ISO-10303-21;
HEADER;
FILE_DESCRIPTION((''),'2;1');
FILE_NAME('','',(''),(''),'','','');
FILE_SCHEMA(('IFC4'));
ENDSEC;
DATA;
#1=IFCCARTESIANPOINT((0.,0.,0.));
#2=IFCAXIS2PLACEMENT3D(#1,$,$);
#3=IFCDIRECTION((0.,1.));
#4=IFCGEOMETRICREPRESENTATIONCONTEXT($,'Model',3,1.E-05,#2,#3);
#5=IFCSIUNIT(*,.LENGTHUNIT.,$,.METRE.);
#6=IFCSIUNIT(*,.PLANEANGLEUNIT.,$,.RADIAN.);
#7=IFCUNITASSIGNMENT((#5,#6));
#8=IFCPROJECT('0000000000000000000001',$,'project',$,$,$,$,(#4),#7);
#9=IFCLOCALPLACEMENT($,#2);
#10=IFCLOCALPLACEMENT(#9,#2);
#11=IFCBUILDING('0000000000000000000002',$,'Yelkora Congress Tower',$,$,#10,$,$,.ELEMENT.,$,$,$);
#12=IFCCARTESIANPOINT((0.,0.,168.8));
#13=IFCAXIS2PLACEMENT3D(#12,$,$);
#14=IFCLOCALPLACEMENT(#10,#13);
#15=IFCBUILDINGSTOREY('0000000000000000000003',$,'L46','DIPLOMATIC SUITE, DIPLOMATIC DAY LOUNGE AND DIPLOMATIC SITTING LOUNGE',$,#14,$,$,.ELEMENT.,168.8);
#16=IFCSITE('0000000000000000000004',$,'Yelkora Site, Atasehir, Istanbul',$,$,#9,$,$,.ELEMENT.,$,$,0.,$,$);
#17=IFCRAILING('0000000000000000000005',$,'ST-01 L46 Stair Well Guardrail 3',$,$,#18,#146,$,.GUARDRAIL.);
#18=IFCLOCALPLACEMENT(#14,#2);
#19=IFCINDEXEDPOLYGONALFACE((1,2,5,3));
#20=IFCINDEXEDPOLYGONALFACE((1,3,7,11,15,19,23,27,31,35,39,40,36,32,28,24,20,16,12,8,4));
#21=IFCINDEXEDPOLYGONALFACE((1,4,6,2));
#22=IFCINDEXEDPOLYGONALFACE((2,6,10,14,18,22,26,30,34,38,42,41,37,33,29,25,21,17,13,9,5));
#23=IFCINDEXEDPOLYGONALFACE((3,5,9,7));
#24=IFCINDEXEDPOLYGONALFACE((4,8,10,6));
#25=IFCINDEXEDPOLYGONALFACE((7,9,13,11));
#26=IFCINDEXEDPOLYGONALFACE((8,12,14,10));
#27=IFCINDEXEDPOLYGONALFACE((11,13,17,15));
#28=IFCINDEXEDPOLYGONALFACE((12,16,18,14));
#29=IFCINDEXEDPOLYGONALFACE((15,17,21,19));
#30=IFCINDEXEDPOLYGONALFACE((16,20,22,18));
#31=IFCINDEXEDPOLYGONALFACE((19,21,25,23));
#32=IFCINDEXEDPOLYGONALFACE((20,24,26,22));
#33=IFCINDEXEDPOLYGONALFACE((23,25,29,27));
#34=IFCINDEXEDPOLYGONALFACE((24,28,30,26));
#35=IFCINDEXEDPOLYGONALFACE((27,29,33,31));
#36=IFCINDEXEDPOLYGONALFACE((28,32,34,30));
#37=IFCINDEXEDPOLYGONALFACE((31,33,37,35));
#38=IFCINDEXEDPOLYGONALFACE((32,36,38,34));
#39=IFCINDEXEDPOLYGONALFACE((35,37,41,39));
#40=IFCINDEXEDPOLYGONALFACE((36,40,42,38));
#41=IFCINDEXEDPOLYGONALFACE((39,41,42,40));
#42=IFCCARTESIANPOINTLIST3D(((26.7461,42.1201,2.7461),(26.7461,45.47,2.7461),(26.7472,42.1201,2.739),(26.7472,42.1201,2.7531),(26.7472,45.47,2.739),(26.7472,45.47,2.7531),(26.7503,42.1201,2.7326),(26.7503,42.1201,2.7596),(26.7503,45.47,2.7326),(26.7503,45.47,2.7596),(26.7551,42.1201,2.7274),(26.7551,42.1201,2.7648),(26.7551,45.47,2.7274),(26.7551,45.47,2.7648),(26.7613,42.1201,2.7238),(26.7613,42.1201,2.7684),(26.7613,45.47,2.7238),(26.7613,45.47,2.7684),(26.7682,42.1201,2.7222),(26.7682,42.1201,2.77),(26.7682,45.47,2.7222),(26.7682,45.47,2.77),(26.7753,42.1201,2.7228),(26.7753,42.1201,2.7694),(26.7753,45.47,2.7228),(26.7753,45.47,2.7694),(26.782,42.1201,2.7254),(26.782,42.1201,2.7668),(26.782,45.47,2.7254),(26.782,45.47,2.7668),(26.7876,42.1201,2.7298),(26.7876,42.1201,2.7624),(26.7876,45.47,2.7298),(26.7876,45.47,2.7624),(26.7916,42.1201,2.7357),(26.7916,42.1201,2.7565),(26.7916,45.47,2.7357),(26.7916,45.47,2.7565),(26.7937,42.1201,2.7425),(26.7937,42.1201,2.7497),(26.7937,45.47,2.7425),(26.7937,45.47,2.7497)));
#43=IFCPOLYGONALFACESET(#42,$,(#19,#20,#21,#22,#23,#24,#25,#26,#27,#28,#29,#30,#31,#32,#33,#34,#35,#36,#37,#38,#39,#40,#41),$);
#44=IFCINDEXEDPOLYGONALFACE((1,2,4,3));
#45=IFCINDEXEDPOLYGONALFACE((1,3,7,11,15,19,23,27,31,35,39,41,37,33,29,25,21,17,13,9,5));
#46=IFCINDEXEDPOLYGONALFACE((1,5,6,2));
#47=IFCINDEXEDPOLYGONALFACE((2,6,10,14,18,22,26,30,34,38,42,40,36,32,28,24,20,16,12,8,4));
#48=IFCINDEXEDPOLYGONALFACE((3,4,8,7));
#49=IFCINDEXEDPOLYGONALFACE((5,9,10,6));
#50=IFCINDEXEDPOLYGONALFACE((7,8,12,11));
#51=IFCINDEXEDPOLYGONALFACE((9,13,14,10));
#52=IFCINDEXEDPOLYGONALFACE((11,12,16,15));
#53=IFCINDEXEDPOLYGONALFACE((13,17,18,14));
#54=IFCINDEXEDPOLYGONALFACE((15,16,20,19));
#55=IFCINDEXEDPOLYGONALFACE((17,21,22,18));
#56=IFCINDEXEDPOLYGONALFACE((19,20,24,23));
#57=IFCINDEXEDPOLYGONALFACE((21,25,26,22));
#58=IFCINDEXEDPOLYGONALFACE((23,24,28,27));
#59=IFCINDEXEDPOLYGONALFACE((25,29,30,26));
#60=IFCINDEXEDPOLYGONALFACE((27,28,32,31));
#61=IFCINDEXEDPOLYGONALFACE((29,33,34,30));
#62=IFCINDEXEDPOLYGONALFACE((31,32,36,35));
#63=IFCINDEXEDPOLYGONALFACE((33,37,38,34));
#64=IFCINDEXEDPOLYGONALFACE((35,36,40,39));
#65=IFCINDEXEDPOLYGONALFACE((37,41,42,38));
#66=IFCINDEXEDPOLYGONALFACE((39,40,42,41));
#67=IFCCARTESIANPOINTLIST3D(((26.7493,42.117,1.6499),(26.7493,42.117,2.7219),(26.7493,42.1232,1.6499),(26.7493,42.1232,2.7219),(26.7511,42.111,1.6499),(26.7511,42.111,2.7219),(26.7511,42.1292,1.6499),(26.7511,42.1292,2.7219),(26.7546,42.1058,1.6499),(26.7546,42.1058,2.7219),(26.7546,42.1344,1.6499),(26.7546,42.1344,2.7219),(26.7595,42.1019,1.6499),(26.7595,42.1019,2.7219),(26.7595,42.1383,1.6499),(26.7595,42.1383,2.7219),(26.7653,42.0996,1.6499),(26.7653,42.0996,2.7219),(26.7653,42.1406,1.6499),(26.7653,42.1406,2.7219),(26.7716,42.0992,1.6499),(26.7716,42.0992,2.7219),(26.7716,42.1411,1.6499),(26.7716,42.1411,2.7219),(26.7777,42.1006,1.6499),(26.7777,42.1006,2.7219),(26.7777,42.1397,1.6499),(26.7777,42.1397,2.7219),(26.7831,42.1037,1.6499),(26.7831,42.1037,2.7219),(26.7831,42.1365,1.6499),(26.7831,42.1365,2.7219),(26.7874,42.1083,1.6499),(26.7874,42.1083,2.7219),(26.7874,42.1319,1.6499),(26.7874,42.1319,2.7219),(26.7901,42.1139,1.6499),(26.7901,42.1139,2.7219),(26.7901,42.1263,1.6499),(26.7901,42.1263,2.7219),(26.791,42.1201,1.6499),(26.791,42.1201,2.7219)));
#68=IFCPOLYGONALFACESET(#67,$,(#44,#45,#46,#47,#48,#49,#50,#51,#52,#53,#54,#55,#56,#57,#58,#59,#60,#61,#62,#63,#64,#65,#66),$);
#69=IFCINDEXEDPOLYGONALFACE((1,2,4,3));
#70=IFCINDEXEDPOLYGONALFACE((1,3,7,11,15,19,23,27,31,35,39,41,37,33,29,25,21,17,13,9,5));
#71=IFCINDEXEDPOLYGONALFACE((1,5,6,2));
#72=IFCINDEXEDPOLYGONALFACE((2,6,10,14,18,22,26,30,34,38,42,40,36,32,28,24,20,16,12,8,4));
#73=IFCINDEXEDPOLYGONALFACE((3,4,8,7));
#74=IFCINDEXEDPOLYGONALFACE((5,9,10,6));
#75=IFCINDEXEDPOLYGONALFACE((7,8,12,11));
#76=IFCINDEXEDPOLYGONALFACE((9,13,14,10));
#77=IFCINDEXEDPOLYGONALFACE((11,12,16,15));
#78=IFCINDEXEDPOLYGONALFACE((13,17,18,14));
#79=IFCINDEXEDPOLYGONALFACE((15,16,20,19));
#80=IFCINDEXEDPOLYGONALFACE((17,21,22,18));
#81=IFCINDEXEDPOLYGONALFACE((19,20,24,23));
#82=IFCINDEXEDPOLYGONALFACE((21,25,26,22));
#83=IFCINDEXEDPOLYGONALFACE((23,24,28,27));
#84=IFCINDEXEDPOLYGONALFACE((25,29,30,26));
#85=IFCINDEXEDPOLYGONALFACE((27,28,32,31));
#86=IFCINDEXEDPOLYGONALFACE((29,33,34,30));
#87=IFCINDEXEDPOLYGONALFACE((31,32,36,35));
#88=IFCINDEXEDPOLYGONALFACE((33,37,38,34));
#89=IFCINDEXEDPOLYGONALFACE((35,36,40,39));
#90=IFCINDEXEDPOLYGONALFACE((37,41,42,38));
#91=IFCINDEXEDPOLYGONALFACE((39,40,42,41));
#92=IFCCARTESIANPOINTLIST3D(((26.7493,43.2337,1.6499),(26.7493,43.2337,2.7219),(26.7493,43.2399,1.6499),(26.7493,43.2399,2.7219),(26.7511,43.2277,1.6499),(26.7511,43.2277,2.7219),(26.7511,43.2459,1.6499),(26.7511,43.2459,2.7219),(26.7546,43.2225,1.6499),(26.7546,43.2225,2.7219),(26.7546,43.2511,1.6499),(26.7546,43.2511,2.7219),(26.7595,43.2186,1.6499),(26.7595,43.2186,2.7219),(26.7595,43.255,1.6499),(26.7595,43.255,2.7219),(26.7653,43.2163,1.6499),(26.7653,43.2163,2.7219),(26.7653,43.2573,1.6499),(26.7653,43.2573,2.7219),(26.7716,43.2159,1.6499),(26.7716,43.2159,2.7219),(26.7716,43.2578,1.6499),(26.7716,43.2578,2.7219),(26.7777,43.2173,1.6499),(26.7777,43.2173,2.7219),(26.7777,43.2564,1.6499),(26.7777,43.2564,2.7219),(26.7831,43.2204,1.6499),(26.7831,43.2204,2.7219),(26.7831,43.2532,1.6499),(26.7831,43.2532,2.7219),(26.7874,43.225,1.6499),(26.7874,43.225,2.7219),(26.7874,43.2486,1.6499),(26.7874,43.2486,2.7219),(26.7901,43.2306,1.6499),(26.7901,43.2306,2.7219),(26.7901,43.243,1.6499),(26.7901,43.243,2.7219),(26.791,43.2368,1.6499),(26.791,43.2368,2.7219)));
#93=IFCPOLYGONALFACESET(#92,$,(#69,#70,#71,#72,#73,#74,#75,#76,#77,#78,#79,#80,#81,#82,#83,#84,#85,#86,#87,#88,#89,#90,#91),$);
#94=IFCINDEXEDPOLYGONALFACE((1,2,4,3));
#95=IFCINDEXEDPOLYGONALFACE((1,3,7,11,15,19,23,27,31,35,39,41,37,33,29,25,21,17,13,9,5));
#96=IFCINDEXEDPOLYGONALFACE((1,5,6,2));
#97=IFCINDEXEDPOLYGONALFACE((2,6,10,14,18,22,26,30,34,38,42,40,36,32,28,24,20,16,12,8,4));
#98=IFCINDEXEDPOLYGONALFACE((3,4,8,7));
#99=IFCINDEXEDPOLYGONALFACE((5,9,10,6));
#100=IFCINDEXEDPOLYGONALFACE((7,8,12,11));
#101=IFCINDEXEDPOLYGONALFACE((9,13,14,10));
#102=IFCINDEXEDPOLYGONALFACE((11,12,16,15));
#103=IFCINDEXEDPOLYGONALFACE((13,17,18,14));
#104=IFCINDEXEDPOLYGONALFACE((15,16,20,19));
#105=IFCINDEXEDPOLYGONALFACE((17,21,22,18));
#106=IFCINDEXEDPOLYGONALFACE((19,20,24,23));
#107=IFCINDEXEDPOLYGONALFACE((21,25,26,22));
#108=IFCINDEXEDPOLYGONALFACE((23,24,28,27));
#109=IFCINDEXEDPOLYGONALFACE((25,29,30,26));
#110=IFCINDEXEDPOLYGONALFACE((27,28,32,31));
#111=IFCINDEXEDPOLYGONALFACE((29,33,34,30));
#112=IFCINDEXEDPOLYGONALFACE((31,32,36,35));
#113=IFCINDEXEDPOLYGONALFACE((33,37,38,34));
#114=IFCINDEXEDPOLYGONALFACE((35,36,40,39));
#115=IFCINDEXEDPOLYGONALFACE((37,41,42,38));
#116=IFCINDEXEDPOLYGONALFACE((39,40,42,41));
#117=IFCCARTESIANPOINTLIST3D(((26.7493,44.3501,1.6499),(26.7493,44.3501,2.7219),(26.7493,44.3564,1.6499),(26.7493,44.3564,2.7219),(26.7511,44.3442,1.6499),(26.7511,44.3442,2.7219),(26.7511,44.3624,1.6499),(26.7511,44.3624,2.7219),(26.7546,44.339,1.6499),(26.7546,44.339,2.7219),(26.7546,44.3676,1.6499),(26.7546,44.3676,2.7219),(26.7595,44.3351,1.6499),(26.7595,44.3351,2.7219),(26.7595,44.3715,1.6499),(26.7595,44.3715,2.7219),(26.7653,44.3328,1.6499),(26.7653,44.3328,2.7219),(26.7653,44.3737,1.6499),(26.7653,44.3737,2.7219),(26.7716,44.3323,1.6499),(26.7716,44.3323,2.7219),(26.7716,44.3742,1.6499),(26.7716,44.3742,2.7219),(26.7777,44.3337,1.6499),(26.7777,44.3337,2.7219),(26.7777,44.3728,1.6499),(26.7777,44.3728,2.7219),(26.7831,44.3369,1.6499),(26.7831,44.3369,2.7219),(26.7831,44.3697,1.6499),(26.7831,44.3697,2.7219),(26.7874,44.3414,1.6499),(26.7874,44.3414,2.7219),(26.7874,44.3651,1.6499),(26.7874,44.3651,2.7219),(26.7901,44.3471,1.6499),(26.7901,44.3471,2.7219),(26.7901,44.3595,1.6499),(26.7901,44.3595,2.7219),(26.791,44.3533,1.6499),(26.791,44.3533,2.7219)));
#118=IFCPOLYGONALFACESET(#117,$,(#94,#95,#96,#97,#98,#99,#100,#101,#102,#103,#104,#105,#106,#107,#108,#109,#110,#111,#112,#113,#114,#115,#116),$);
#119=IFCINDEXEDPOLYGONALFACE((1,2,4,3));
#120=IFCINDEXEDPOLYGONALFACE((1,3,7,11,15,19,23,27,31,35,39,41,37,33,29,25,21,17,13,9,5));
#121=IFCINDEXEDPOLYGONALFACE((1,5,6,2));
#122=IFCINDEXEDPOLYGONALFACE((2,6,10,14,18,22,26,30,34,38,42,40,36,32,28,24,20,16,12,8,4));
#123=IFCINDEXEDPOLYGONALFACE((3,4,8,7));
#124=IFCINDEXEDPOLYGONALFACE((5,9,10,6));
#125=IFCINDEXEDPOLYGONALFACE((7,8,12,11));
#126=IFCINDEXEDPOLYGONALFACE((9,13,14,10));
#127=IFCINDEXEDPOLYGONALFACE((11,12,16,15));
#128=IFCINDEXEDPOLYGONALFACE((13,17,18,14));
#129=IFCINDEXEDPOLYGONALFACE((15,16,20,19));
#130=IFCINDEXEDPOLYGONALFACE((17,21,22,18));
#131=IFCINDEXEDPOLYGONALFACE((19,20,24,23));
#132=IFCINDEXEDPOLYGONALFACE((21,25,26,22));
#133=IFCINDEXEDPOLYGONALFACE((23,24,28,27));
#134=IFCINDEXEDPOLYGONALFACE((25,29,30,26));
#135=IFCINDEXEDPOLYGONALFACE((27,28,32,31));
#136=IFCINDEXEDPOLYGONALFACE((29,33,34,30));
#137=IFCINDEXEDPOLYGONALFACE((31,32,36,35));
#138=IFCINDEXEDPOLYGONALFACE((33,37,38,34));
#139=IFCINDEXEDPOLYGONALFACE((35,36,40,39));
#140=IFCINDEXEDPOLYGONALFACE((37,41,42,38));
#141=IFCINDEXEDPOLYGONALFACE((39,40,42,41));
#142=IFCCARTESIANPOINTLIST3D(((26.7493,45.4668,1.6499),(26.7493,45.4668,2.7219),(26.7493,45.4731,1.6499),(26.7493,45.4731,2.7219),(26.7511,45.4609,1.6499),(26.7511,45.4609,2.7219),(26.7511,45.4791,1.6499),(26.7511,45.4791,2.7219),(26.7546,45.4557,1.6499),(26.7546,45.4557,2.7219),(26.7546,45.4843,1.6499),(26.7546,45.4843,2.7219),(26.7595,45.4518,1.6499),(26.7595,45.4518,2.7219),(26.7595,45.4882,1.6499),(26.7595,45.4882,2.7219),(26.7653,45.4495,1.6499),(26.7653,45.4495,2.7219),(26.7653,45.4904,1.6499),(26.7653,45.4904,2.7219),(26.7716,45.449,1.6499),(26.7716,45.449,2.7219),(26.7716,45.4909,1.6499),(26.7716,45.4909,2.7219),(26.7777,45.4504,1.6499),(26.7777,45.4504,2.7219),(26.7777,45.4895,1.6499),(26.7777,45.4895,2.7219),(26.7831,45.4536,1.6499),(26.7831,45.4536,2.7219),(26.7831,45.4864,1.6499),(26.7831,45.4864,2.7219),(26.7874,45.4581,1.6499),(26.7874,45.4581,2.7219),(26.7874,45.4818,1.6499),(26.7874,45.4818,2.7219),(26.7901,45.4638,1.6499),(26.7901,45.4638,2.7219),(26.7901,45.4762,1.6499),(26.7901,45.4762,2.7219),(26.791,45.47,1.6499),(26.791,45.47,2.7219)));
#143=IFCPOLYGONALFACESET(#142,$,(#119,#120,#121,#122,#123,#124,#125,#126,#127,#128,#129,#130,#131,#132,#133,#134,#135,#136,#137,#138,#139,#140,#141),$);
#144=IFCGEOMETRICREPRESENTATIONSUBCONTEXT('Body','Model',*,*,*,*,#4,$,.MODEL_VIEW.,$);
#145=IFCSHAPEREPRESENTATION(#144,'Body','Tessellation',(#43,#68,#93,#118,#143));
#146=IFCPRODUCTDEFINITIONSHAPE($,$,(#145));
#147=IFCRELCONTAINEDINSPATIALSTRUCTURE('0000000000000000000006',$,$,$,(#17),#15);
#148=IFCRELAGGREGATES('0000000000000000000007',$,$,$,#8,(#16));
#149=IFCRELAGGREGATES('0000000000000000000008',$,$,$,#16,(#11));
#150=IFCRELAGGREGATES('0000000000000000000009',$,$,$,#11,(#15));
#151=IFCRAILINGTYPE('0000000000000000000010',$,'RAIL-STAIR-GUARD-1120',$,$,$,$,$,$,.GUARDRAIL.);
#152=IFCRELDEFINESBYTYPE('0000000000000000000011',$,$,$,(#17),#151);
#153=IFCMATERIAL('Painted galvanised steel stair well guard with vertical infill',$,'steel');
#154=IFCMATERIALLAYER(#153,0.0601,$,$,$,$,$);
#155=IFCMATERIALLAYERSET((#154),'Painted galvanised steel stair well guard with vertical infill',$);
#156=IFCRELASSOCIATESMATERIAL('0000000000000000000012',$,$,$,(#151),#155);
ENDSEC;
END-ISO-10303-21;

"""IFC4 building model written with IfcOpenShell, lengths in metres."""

from ifc_helpers import new_model, si_unit, direction, frame, origin, origin_2d, place, context, subcontext, project, spatial, circle, extrude, material, layer, layer_set, type_object, element, save


model = new_model("IFC4")

# Units and contexts
model_context = context("Model", 3, precision=1e-05, world=origin(), true_north=direction((0.0, 1.0)))
body_context = subcontext(model_context, "Body", "Model", "MODEL_VIEW")
ifc_project = project(units=[si_unit("LENGTHUNIT", "METRE"), si_unit("PLANEANGLEUNIT", "RADIAN")], contexts=[model_context])

# Site, building, storey
site_placement = place(None, origin())
site = spatial("IfcSite", under=ifc_project, at=site_placement, Name="Yelkora Site, Atasehir, Istanbul", CompositionType="ELEMENT", RefElevation=0.0)
building_placement = place(site_placement, origin())
building = spatial("IfcBuilding", under=site, at=building_placement, Name="Yelkora Congress Tower", CompositionType="ELEMENT")
storey_placement = place(building_placement, frame((0.0, 0.0, 168.8)))
storey = spatial("IfcBuildingStorey", under=building, at=storey_placement, Name="L46", Description="DIPLOMATIC SUITE, DIPLOMATIC DAY LOUNGE AND DIPLOMATIC SITTING LOUNGE", CompositionType="ELEMENT", Elevation=168.8)

# Railing
ifc_material_1 = material(Name="Painted galvanised steel stair well guard with vertical infill", Category="steel")
ifc_layer_1 = layer(ifc_material_1, 0.0601)
ifc_layer_set_1 = layer_set([ifc_layer_1], Name="Painted galvanised steel stair well guard with vertical infill")
railing_type = type_object("IfcRailingType", Name="RAIL-STAIR-GUARD-1120", PredefinedType="GUARDRAIL", material=ifc_layer_set_1)
for number, where, name in (
    (1, (26.77, 42.1201, 1.6499), "ST-01 L46 Stair Well Guardrail 3"),
):
    element("IfcRailing", number, at=place(storey_placement, frame(where)), inside=storey, type_object=railing_type, Name=name, PredefinedType="GUARDRAIL", context=body_context, shape_type="SweptSolid", body=[
        extrude(circle(Radius=0.0239, at=origin_2d()), frame((0.0, 0.0, 1.0962), z_axis=(0.0, 1.0, 0.0), x_axis=(-1.0, 0.0, 0.0)), (0.0, 0.0, 1.0), 3.3499),
        extrude(circle(Radius=0.021, at=origin_2d()), origin(), (0.0, 0.0, 1.0), 1.072),
        extrude(circle(Radius=0.021, at=origin_2d()), frame((0.0, 1.1167, 0.0)), (0.0, 0.0, 1.0), 1.072),
        extrude(circle(Radius=0.021, at=origin_2d()), frame((0.0, 2.2332, 0.0)), (0.0, 0.0, 1.0), 1.072),
        extrude(circle(Radius=0.021, at=origin_2d()), frame((0.0, 3.3499, 0.0)), (0.0, 0.0, 1.0), 1.072),
    ])

save(model, "model.ifc")
